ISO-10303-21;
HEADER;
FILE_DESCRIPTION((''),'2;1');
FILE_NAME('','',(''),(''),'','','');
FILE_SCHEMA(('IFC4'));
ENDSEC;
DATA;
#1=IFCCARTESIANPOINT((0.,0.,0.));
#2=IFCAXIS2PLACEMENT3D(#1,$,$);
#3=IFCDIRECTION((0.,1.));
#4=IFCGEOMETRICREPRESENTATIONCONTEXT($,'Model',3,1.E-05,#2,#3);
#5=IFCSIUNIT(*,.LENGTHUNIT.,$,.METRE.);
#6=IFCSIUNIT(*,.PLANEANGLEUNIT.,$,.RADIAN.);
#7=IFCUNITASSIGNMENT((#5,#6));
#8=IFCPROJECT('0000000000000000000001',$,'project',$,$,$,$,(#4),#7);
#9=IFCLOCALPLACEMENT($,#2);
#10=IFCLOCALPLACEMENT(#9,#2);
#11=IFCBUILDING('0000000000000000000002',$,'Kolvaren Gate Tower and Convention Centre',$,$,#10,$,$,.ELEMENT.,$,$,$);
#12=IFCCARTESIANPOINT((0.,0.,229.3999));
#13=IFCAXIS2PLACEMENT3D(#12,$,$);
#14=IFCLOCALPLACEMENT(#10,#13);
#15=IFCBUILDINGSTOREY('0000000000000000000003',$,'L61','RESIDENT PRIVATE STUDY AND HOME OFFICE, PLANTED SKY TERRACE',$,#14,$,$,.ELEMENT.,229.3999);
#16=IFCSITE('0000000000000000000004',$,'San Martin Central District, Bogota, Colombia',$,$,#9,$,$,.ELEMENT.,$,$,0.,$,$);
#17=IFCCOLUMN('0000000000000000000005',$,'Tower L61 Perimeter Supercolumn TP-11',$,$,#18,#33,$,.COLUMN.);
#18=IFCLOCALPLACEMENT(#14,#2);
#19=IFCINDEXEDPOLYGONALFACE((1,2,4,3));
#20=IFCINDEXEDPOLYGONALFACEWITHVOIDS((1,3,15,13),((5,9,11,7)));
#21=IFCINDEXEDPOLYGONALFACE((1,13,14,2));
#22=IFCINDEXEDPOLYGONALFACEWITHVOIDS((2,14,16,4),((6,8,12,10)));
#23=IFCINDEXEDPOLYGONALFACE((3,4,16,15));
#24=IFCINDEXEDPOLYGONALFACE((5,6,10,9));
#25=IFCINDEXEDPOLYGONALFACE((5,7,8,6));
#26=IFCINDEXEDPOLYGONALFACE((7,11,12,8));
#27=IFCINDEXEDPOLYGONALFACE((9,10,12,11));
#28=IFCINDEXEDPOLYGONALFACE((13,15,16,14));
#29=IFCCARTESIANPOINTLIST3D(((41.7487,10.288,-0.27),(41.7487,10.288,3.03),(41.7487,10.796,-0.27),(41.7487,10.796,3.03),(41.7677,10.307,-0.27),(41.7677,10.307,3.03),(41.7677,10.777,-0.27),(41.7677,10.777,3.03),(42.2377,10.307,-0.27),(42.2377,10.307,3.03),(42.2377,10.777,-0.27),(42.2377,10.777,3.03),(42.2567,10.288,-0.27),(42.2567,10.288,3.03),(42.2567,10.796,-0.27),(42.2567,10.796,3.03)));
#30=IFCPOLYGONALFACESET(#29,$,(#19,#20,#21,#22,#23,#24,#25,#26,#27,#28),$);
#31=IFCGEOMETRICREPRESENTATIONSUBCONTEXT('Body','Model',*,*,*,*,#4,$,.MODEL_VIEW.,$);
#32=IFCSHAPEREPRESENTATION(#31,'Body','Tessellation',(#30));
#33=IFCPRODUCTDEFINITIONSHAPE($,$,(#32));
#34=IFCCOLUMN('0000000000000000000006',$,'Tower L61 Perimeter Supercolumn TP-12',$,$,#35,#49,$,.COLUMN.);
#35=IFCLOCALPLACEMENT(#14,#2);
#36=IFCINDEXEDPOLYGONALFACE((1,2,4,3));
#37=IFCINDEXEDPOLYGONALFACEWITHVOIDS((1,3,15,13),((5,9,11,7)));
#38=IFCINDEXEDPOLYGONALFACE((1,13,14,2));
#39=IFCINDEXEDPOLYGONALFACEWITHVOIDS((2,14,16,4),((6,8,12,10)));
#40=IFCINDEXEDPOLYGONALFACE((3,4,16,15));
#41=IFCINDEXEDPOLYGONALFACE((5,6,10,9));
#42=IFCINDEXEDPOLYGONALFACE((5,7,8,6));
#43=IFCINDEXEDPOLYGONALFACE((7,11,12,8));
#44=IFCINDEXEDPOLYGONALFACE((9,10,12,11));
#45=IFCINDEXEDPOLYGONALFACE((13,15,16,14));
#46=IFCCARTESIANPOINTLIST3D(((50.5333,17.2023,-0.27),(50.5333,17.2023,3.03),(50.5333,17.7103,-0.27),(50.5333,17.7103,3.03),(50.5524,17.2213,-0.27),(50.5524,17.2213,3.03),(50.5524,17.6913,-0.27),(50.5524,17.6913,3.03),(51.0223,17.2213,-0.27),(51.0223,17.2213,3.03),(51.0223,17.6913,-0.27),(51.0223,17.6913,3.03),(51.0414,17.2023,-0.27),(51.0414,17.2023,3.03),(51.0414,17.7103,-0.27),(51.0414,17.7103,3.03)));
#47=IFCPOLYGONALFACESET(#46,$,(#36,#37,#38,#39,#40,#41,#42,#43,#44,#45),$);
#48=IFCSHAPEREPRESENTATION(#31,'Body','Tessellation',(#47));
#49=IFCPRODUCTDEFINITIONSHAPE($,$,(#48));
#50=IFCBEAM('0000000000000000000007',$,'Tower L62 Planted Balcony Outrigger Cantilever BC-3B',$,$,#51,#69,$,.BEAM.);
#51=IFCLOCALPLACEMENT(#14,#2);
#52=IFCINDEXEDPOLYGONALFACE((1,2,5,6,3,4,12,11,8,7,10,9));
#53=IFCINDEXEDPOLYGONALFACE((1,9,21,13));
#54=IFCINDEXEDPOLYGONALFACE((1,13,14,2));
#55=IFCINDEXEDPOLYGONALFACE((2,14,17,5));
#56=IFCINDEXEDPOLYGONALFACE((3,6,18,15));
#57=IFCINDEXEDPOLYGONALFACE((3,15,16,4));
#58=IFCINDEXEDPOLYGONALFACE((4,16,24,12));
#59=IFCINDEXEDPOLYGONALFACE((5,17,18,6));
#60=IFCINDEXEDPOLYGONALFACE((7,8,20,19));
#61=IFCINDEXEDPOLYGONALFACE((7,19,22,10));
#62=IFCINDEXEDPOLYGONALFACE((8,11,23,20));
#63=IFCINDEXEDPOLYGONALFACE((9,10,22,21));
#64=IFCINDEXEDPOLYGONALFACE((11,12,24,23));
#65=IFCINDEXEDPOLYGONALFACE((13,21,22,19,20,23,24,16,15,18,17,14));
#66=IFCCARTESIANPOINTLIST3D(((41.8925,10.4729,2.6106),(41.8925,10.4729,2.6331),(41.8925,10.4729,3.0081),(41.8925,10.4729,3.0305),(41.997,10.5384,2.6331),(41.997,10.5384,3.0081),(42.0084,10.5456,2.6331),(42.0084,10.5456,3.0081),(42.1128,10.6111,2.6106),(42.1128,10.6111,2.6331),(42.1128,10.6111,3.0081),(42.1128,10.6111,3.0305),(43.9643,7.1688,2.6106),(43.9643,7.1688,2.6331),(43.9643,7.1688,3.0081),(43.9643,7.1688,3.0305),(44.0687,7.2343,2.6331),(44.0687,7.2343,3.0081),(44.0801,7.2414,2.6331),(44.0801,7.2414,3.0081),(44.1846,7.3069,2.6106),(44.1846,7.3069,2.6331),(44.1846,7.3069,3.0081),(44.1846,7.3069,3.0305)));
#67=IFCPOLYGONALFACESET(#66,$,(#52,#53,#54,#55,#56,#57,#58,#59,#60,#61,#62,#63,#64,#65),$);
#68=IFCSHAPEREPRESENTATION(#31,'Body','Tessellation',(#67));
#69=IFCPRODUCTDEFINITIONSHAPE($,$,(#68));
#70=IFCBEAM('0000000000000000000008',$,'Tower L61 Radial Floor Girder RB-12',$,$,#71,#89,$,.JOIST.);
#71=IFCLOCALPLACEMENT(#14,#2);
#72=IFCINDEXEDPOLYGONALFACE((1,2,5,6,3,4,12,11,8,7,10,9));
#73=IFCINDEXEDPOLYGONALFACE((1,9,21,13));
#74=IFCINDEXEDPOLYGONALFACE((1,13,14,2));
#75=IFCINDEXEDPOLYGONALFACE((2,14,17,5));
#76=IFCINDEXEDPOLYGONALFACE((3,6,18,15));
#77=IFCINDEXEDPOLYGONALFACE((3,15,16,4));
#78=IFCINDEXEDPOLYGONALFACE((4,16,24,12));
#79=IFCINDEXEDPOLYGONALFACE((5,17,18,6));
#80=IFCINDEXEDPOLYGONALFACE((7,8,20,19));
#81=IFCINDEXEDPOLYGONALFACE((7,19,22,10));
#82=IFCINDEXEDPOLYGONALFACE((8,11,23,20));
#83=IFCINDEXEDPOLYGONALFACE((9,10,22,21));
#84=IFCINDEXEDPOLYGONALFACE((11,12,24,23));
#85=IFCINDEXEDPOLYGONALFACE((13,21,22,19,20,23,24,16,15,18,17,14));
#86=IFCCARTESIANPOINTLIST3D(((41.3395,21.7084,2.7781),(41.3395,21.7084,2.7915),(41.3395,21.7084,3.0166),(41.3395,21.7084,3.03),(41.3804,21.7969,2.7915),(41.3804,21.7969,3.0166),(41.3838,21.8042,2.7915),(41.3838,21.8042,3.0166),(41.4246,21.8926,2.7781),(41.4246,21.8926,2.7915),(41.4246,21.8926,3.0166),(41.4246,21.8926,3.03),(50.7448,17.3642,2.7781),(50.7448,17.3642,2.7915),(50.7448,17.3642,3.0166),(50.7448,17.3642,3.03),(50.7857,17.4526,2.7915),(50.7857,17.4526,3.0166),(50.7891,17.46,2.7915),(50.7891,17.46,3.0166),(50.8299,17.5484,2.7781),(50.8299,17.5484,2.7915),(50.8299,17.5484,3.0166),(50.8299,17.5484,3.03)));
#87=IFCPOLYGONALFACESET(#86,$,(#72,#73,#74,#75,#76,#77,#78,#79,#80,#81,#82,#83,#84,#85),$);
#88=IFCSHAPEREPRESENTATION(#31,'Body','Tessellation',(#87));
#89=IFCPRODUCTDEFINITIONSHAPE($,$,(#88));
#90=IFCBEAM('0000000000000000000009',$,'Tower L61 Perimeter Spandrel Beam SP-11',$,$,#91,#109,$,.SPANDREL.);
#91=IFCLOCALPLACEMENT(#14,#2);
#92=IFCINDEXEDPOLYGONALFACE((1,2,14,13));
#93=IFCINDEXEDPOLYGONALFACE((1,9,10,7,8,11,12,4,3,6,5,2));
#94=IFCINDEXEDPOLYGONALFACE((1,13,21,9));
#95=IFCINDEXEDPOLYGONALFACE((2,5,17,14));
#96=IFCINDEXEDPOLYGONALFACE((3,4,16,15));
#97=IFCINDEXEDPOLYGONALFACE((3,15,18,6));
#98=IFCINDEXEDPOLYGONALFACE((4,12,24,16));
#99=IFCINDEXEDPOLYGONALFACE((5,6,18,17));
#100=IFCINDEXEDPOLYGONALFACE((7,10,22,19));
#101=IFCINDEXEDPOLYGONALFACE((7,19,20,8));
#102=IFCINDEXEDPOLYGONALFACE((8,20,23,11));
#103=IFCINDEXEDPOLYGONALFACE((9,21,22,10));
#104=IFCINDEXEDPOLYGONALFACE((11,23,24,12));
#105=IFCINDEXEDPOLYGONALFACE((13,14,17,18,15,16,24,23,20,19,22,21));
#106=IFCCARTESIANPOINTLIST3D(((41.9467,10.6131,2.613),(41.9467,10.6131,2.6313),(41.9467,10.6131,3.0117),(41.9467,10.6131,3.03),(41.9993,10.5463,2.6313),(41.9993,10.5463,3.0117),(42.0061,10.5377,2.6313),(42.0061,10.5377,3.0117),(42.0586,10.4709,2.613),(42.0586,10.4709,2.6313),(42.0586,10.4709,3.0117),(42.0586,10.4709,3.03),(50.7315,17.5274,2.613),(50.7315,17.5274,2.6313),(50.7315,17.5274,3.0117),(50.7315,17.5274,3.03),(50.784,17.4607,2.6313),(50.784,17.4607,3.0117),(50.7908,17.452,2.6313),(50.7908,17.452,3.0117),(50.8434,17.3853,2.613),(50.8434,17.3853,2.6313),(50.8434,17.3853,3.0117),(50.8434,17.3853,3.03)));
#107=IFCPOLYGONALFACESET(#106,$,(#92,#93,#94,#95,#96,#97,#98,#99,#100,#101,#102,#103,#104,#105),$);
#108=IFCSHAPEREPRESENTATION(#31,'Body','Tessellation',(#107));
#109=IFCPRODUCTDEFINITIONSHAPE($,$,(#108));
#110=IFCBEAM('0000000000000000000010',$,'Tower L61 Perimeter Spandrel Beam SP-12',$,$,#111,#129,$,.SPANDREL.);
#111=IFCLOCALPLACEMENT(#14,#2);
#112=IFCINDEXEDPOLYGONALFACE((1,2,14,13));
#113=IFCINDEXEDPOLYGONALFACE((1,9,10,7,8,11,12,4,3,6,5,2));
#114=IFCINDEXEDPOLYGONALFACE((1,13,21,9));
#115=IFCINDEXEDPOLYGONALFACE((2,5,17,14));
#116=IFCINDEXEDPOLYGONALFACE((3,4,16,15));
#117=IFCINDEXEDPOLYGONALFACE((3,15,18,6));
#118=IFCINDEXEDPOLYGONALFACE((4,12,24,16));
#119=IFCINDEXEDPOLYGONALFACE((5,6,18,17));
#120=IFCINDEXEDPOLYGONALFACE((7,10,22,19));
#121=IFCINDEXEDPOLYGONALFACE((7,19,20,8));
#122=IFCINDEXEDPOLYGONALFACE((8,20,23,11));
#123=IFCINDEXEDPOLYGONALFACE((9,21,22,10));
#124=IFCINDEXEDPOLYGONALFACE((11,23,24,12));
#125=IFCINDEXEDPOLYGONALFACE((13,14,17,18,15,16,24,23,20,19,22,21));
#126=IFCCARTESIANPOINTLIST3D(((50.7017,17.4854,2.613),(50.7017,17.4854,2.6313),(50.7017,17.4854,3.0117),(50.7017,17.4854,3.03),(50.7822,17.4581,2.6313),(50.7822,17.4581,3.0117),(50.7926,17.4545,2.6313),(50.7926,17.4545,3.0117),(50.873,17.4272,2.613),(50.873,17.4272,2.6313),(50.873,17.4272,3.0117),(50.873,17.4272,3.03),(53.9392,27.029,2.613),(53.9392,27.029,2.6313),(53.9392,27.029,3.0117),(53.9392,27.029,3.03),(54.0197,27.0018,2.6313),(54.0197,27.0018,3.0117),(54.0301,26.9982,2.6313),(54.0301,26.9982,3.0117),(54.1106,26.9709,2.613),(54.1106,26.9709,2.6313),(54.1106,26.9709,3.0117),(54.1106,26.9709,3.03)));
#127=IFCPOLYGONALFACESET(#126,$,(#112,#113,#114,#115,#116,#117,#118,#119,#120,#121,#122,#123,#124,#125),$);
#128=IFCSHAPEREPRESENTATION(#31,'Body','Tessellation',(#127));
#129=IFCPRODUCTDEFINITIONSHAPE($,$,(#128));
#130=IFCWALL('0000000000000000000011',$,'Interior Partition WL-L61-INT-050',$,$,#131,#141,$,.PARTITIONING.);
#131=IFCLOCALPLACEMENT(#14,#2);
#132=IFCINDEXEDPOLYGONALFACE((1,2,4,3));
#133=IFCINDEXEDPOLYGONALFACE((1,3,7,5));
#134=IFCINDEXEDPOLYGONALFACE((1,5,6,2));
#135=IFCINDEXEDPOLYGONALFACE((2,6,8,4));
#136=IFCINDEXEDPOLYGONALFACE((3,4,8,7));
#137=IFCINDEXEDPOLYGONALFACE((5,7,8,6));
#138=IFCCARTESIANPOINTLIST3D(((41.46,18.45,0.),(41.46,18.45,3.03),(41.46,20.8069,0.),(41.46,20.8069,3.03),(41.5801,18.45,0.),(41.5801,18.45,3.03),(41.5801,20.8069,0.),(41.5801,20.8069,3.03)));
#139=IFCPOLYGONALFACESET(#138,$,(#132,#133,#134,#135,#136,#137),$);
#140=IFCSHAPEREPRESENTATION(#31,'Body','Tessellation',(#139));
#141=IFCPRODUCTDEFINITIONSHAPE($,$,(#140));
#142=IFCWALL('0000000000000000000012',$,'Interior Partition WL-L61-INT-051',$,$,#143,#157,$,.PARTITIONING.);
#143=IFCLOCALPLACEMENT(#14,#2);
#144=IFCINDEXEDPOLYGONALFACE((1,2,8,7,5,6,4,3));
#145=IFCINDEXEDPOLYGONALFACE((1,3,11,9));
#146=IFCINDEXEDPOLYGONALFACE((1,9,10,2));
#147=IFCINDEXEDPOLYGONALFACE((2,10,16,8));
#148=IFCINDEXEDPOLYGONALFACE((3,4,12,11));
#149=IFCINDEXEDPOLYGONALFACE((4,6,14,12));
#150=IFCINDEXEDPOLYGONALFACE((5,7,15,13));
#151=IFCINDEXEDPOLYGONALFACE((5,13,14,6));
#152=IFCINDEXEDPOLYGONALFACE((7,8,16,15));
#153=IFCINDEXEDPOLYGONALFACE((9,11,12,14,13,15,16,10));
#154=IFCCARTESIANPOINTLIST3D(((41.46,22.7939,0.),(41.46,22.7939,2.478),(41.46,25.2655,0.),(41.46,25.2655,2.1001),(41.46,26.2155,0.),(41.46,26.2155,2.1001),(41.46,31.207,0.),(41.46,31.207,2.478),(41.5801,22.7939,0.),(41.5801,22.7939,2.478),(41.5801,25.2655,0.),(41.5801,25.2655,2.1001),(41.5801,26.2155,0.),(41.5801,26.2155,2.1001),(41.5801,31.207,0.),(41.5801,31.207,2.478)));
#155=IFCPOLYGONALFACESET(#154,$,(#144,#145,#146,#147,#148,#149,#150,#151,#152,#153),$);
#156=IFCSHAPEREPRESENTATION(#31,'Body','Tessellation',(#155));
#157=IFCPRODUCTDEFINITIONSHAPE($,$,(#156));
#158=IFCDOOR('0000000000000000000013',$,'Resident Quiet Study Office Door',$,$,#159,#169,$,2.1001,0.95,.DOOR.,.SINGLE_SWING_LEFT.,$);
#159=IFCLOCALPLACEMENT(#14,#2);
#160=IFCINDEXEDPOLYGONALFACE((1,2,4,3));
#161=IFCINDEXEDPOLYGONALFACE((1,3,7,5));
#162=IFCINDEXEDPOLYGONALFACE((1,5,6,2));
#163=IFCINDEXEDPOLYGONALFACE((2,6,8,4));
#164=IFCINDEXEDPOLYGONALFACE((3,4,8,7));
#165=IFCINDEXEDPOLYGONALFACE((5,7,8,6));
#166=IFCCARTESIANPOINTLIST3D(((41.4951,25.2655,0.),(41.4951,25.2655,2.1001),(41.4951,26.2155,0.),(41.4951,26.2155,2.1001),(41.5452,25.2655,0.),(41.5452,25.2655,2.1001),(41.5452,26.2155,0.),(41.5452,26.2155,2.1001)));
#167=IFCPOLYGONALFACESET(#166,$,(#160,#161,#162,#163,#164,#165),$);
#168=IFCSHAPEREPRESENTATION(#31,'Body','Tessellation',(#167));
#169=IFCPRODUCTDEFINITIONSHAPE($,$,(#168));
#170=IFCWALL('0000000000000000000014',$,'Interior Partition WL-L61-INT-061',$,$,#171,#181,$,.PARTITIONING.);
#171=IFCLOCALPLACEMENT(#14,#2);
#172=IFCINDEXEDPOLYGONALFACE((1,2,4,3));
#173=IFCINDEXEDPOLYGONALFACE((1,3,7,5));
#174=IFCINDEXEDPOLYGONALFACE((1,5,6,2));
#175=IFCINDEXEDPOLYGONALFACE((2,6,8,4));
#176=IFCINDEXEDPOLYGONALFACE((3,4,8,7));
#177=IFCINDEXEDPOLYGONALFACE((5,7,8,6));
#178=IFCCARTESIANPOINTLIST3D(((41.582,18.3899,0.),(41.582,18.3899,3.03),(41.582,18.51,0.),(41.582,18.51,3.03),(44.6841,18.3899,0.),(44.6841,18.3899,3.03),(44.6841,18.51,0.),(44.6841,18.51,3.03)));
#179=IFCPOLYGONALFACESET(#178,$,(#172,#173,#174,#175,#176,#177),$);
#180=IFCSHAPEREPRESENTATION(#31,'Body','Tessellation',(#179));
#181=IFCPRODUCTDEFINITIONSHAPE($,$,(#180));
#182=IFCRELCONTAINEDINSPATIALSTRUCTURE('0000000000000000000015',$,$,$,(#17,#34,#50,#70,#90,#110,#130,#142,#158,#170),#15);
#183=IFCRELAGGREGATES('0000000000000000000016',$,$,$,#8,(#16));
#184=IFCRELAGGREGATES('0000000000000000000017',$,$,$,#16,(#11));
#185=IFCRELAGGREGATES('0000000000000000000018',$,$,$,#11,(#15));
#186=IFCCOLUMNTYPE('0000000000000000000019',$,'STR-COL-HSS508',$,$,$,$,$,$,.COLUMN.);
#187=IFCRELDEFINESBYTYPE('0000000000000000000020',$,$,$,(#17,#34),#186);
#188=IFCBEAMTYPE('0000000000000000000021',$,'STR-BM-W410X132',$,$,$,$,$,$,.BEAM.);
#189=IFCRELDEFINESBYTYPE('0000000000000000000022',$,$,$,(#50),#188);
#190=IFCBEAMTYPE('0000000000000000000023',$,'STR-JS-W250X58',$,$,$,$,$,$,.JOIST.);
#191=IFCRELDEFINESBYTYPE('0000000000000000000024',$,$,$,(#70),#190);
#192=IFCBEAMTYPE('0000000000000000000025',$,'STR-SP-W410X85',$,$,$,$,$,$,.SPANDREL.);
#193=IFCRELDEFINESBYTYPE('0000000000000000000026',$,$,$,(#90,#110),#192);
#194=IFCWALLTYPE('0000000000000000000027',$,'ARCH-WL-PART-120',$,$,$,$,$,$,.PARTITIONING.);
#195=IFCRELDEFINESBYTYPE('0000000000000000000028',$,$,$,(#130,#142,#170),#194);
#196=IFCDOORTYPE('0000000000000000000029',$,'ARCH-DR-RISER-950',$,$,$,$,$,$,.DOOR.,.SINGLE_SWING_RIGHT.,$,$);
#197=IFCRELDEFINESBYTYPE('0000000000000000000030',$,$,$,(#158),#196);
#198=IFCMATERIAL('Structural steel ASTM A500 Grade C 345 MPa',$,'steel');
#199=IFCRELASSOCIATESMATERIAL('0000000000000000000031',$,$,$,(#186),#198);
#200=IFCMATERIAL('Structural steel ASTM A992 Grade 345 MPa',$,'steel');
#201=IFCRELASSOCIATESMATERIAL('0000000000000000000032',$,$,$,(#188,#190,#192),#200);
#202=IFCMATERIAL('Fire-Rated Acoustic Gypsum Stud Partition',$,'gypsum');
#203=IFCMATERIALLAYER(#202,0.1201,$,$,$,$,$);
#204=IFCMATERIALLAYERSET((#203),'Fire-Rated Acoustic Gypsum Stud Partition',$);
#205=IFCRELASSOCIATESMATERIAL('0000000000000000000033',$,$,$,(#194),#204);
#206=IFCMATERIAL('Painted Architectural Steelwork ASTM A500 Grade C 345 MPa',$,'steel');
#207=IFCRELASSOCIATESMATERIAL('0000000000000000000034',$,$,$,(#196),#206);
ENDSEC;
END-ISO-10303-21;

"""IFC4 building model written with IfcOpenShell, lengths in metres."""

from ifc_helpers import new_model, si_unit, direction, frame, frame_2d, origin, origin_2d, place, context, subcontext, project, spatial, rectangle, hollow_rectangle, i_section, extrude, material, layer, layer_set, material_profile, profile_set, type_object, element, fill, save


model = new_model("IFC4")

# Units and contexts
model_context = context("Model", 3, precision=1e-05, world=origin(), true_north=direction((0.0, 1.0)))
body_context = subcontext(model_context, "Body", "Model", "MODEL_VIEW")
ifc_project = project(units=[si_unit("LENGTHUNIT", "METRE"), si_unit("PLANEANGLEUNIT", "RADIAN")], contexts=[model_context])

# Site, building, storey
site_placement = place(None, origin())
site = spatial("IfcSite", under=ifc_project, at=site_placement, Name="San Martin Central District, Bogota, Colombia", CompositionType="ELEMENT", RefElevation=0.0)
building_placement = place(site_placement, origin())
building = spatial("IfcBuilding", under=site, at=building_placement, Name="Kolvaren Gate Tower and Convention Centre", CompositionType="ELEMENT")
storey_placement = place(building_placement, frame((0.0, 0.0, 229.3999)))
storey = spatial("IfcBuildingStorey", under=building, at=storey_placement, Name="L61", Description="RESIDENT PRIVATE STUDY AND HOME OFFICE, PLANTED SKY TERRACE", CompositionType="ELEMENT", Elevation=229.3999)

# Columns
ifc_material_1 = material(Name="Structural steel ASTM A500 Grade C 345 MPa", Category="steel")
ifc_material_profile_1 = material_profile(ifc_material_1, hollow_rectangle(XDim=0.5081, YDim=0.5081, WallThickness=0.019, at=origin_2d()), Name="HSS508X508X19.1")
ifc_profile_set_1 = profile_set([ifc_material_profile_1], Name="Structural steel ASTM A500 Grade C 345 MPa")
column_type = type_object("IfcColumnType", Name="STR-COL-HSS508", PredefinedType="COLUMN", material=ifc_profile_set_1)
for number, where, z_axis, x_axis, name in (
    (1, (42.0027, 10.542, -0.27), (0.0, 0.0, 1.0), (1.0, 0.0, 0.0), "Tower L61 Perimeter Supercolumn TP-11"),
    (2, (50.7874, 17.4563, -0.27), (0.0, 0.0, 1.0), (1.0, 0.0, 0.0), "Tower L61 Perimeter Supercolumn TP-12"),
):
    element("IfcColumn", number, at=place(storey_placement, frame(where, z_axis=z_axis, x_axis=x_axis)), inside=storey, type_object=column_type, Name=name, PredefinedType="COLUMN", context=body_context, shape_type="SweptSolid", body=[
        extrude(hollow_rectangle(XDim=0.5081, YDim=0.5081, WallThickness=0.019, at=origin_2d()), origin(), (0.0, 0.0, 1.0), 3.3),
    ])

# Beams
ifc_material_2 = material(Name="Structural steel ASTM A992 Grade 345 MPa", Category="steel")
ifc_material_profile_2 = material_profile(ifc_material_2, i_section(OverallWidth=0.26, OverallDepth=0.4199, WebThickness=0.0134, FlangeThickness=0.0225, at=origin_2d()), Name="W410X132")
ifc_profile_set_2 = profile_set([ifc_material_profile_2], Name="Structural steel ASTM A992 Grade 345 MPa")
beam_type_1 = type_object("IfcBeamType", Name="STR-BM-W410X132", PredefinedType="BEAM", material=ifc_profile_set_2)
beam_1_placement = place(storey_placement, frame((42.0027, 10.542, 2.8206), z_axis=(0.531225, -0.847231, 0.0), x_axis=(0.847231, 0.531225, 0.0)))
element("IfcBeam", 3, at=beam_1_placement, inside=storey, type_object=beam_type_1, Name="Tower L62 Planted Balcony Outrigger Cantilever BC-3B", PredefinedType="BEAM", context=body_context, shape_type="SweptSolid", body=[
    extrude(i_section(OverallWidth=0.26, OverallDepth=0.4199, WebThickness=0.0134, FlangeThickness=0.0225, at=origin_2d()), origin(), (0.0, 0.0, 1.0), 3.8999),
])
ifc_material_profile_3 = material_profile(ifc_material_2, i_section(OverallWidth=0.2029, OverallDepth=0.252, WebThickness=0.0081, FlangeThickness=0.0134, at=origin_2d()), Name="W250X58")
ifc_profile_set_3 = profile_set([ifc_material_profile_3], Name="Structural steel ASTM A992 Grade 345 MPa")
beam_type_2 = type_object("IfcBeamType", Name="STR-JS-W250X58", PredefinedType="JOIST", material=ifc_profile_set_3)
beam_2_placement = place(storey_placement, frame((41.3821, 21.8005, 2.9041), z_axis=(0.907837, -0.419324, 0.0), x_axis=(0.419324, 0.907837, 0.0)))
element("IfcBeam", 4, at=beam_2_placement, inside=storey, type_object=beam_type_2, Name="Tower L61 Radial Floor Girder RB-12", PredefinedType="JOIST", context=body_context, shape_type="SweptSolid", body=[
    extrude(i_section(OverallWidth=0.2029, OverallDepth=0.252, WebThickness=0.0081, FlangeThickness=0.0134, at=origin_2d()), origin(), (0.0, 0.0, 1.0), 10.3601),
])
ifc_material_profile_4 = material_profile(ifc_material_2, i_section(OverallWidth=0.1809, OverallDepth=0.417, WebThickness=0.011, FlangeThickness=0.0183, at=origin_2d()), Name="W410X85")
ifc_profile_set_4 = profile_set([ifc_material_profile_4], Name="Structural steel ASTM A992 Grade 345 MPa")
beam_type_3 = type_object("IfcBeamType", Name="STR-SP-W410X85", PredefinedType="SPANDREL", material=ifc_profile_set_4)
beam_3_placement = place(storey_placement, frame((42.0027, 10.542, 2.8215), z_axis=(0.785794, 0.618489, 0.0), x_axis=(-0.618489, 0.785794, 0.0)))
element("IfcBeam", 5, at=beam_3_placement, inside=storey, type_object=beam_type_3, Name="Tower L61 Perimeter Spandrel Beam SP-11", PredefinedType="SPANDREL", context=body_context, shape_type="SweptSolid", body=[
    extrude(i_section(OverallWidth=0.1809, OverallDepth=0.417, WebThickness=0.011, FlangeThickness=0.0183, at=origin_2d()), origin(), (0.0, 0.0, 1.0), 11.1794),
])
beam_4_placement = place(storey_placement, frame((50.7874, 17.4563, 2.8215), z_axis=(0.321253, 0.946994, 0.0), x_axis=(-0.946994, 0.321253, 0.0)))
element("IfcBeam", 6, at=beam_4_placement, inside=storey, type_object=beam_type_3, Name="Tower L61 Perimeter Spandrel Beam SP-12", PredefinedType="SPANDREL", context=body_context, shape_type="SweptSolid", body=[
    extrude(i_section(OverallWidth=0.1809, OverallDepth=0.417, WebThickness=0.011, FlangeThickness=0.0183, at=origin_2d()), origin(), (0.0, 0.0, 1.0), 10.0779),
])

# Wall
ifc_material_3 = material(Name="Fire-Rated Acoustic Gypsum Stud Partition", Category="gypsum")
ifc_layer_1 = layer(ifc_material_3, 0.1201)
ifc_layer_set_1 = layer_set([ifc_layer_1], Name="Fire-Rated Acoustic Gypsum Stud Partition")
wall_type_1 = type_object("IfcWallType", Name="ARCH-WL-PART-120", PredefinedType="PARTITIONING", material=ifc_layer_set_1)
wall_1_placement = place(storey_placement, frame((41.52, 18.45, 0.0), z_axis=(0.0, 0.0, 1.0), x_axis=(0.0, 1.0, 0.0)))
element("IfcWall", 7, at=wall_1_placement, inside=storey, type_object=wall_type_1, Name="Interior Partition WL-L61-INT-050", PredefinedType="PARTITIONING", context=body_context, shape_type="SweptSolid", body=[
    extrude(rectangle(XDim=2.3569, YDim=0.1201, at=frame_2d((1.1785, 0.0))), origin(), (0.0, 0.0, 1.0), 3.03),
])

# Wall, opening, door
wall_2_placement = place(storey_placement, frame((41.52, 22.7939, 0.0), z_axis=(0.0, 0.0, 1.0), x_axis=(0.0, 1.0, 0.0)))
wall_2 = element("IfcWall", 8, at=wall_2_placement, inside=storey, type_object=wall_type_1, Name="Interior Partition WL-L61-INT-051", PredefinedType="PARTITIONING", context=body_context, shape_type="SweptSolid", body=[
    extrude(rectangle(XDim=8.4131, YDim=0.1201, at=frame_2d((4.2065, 0.0))), origin(), (0.0, 0.0, 1.0), 2.478),
])
opening_1_placement = place(wall_2_placement, frame((2.4714, 0.0, 0.0)))
opening_1 = element("IfcOpeningElement", 9, at=opening_1_placement, cuts=wall_2, PredefinedType="OPENING", context=body_context, shape_type="SweptSolid", body=[
    extrude(rectangle(XDim=0.95, YDim=2.1001, at=frame_2d((0.4751, 1.05))), frame((0.0, 0.0701, 0.0), z_axis=(0.0, -1.0, 0.0), x_axis=(1.0, 0.0, 0.0)), (0.0, 0.0, 1.0), 0.1401),
])
ifc_material_4 = material(Name="Painted Architectural Steelwork ASTM A500 Grade C 345 MPa", Category="steel")
door_type_1 = type_object("IfcDoorType", Name="ARCH-DR-RISER-950", OperationType="SINGLE_SWING_RIGHT", PredefinedType="DOOR", material=ifc_material_4)
door_1_placement = place(opening_1_placement, origin())
door_1 = element("IfcDoor", 10, at=door_1_placement, inside=storey, type_object=door_type_1, Name="Resident Quiet Study Office Door", OperationType="SINGLE_SWING_LEFT", OverallHeight=2.1001, OverallWidth=0.95, PredefinedType="DOOR", context=body_context, shape_type="SweptSolid", body=[
    extrude(rectangle(XDim=0.95, YDim=2.1001, at=frame_2d((0.4751, 1.05))), frame((0.0, 0.0249, 0.0), z_axis=(0.0, -1.0, 0.0), x_axis=(1.0, 0.0, 0.0)), (0.0, 0.0, 1.0), 0.05),
])
fill(opening_1, door_1)

# Wall
wall_3_placement = place(storey_placement, frame((41.582, 18.45, 0.0), z_axis=(0.0, 0.0, 1.0), x_axis=(1.0, 0.0, 0.0)))
element("IfcWall", 11, at=wall_3_placement, inside=storey, type_object=wall_type_1, Name="Interior Partition WL-L61-INT-061", PredefinedType="PARTITIONING", context=body_context, shape_type="SweptSolid", body=[
    extrude(rectangle(XDim=3.1021, YDim=0.1201, at=frame_2d((1.551, 0.0))), origin(), (0.0, 0.0, 1.0), 3.03),
])

save(model, "model.ifc")
